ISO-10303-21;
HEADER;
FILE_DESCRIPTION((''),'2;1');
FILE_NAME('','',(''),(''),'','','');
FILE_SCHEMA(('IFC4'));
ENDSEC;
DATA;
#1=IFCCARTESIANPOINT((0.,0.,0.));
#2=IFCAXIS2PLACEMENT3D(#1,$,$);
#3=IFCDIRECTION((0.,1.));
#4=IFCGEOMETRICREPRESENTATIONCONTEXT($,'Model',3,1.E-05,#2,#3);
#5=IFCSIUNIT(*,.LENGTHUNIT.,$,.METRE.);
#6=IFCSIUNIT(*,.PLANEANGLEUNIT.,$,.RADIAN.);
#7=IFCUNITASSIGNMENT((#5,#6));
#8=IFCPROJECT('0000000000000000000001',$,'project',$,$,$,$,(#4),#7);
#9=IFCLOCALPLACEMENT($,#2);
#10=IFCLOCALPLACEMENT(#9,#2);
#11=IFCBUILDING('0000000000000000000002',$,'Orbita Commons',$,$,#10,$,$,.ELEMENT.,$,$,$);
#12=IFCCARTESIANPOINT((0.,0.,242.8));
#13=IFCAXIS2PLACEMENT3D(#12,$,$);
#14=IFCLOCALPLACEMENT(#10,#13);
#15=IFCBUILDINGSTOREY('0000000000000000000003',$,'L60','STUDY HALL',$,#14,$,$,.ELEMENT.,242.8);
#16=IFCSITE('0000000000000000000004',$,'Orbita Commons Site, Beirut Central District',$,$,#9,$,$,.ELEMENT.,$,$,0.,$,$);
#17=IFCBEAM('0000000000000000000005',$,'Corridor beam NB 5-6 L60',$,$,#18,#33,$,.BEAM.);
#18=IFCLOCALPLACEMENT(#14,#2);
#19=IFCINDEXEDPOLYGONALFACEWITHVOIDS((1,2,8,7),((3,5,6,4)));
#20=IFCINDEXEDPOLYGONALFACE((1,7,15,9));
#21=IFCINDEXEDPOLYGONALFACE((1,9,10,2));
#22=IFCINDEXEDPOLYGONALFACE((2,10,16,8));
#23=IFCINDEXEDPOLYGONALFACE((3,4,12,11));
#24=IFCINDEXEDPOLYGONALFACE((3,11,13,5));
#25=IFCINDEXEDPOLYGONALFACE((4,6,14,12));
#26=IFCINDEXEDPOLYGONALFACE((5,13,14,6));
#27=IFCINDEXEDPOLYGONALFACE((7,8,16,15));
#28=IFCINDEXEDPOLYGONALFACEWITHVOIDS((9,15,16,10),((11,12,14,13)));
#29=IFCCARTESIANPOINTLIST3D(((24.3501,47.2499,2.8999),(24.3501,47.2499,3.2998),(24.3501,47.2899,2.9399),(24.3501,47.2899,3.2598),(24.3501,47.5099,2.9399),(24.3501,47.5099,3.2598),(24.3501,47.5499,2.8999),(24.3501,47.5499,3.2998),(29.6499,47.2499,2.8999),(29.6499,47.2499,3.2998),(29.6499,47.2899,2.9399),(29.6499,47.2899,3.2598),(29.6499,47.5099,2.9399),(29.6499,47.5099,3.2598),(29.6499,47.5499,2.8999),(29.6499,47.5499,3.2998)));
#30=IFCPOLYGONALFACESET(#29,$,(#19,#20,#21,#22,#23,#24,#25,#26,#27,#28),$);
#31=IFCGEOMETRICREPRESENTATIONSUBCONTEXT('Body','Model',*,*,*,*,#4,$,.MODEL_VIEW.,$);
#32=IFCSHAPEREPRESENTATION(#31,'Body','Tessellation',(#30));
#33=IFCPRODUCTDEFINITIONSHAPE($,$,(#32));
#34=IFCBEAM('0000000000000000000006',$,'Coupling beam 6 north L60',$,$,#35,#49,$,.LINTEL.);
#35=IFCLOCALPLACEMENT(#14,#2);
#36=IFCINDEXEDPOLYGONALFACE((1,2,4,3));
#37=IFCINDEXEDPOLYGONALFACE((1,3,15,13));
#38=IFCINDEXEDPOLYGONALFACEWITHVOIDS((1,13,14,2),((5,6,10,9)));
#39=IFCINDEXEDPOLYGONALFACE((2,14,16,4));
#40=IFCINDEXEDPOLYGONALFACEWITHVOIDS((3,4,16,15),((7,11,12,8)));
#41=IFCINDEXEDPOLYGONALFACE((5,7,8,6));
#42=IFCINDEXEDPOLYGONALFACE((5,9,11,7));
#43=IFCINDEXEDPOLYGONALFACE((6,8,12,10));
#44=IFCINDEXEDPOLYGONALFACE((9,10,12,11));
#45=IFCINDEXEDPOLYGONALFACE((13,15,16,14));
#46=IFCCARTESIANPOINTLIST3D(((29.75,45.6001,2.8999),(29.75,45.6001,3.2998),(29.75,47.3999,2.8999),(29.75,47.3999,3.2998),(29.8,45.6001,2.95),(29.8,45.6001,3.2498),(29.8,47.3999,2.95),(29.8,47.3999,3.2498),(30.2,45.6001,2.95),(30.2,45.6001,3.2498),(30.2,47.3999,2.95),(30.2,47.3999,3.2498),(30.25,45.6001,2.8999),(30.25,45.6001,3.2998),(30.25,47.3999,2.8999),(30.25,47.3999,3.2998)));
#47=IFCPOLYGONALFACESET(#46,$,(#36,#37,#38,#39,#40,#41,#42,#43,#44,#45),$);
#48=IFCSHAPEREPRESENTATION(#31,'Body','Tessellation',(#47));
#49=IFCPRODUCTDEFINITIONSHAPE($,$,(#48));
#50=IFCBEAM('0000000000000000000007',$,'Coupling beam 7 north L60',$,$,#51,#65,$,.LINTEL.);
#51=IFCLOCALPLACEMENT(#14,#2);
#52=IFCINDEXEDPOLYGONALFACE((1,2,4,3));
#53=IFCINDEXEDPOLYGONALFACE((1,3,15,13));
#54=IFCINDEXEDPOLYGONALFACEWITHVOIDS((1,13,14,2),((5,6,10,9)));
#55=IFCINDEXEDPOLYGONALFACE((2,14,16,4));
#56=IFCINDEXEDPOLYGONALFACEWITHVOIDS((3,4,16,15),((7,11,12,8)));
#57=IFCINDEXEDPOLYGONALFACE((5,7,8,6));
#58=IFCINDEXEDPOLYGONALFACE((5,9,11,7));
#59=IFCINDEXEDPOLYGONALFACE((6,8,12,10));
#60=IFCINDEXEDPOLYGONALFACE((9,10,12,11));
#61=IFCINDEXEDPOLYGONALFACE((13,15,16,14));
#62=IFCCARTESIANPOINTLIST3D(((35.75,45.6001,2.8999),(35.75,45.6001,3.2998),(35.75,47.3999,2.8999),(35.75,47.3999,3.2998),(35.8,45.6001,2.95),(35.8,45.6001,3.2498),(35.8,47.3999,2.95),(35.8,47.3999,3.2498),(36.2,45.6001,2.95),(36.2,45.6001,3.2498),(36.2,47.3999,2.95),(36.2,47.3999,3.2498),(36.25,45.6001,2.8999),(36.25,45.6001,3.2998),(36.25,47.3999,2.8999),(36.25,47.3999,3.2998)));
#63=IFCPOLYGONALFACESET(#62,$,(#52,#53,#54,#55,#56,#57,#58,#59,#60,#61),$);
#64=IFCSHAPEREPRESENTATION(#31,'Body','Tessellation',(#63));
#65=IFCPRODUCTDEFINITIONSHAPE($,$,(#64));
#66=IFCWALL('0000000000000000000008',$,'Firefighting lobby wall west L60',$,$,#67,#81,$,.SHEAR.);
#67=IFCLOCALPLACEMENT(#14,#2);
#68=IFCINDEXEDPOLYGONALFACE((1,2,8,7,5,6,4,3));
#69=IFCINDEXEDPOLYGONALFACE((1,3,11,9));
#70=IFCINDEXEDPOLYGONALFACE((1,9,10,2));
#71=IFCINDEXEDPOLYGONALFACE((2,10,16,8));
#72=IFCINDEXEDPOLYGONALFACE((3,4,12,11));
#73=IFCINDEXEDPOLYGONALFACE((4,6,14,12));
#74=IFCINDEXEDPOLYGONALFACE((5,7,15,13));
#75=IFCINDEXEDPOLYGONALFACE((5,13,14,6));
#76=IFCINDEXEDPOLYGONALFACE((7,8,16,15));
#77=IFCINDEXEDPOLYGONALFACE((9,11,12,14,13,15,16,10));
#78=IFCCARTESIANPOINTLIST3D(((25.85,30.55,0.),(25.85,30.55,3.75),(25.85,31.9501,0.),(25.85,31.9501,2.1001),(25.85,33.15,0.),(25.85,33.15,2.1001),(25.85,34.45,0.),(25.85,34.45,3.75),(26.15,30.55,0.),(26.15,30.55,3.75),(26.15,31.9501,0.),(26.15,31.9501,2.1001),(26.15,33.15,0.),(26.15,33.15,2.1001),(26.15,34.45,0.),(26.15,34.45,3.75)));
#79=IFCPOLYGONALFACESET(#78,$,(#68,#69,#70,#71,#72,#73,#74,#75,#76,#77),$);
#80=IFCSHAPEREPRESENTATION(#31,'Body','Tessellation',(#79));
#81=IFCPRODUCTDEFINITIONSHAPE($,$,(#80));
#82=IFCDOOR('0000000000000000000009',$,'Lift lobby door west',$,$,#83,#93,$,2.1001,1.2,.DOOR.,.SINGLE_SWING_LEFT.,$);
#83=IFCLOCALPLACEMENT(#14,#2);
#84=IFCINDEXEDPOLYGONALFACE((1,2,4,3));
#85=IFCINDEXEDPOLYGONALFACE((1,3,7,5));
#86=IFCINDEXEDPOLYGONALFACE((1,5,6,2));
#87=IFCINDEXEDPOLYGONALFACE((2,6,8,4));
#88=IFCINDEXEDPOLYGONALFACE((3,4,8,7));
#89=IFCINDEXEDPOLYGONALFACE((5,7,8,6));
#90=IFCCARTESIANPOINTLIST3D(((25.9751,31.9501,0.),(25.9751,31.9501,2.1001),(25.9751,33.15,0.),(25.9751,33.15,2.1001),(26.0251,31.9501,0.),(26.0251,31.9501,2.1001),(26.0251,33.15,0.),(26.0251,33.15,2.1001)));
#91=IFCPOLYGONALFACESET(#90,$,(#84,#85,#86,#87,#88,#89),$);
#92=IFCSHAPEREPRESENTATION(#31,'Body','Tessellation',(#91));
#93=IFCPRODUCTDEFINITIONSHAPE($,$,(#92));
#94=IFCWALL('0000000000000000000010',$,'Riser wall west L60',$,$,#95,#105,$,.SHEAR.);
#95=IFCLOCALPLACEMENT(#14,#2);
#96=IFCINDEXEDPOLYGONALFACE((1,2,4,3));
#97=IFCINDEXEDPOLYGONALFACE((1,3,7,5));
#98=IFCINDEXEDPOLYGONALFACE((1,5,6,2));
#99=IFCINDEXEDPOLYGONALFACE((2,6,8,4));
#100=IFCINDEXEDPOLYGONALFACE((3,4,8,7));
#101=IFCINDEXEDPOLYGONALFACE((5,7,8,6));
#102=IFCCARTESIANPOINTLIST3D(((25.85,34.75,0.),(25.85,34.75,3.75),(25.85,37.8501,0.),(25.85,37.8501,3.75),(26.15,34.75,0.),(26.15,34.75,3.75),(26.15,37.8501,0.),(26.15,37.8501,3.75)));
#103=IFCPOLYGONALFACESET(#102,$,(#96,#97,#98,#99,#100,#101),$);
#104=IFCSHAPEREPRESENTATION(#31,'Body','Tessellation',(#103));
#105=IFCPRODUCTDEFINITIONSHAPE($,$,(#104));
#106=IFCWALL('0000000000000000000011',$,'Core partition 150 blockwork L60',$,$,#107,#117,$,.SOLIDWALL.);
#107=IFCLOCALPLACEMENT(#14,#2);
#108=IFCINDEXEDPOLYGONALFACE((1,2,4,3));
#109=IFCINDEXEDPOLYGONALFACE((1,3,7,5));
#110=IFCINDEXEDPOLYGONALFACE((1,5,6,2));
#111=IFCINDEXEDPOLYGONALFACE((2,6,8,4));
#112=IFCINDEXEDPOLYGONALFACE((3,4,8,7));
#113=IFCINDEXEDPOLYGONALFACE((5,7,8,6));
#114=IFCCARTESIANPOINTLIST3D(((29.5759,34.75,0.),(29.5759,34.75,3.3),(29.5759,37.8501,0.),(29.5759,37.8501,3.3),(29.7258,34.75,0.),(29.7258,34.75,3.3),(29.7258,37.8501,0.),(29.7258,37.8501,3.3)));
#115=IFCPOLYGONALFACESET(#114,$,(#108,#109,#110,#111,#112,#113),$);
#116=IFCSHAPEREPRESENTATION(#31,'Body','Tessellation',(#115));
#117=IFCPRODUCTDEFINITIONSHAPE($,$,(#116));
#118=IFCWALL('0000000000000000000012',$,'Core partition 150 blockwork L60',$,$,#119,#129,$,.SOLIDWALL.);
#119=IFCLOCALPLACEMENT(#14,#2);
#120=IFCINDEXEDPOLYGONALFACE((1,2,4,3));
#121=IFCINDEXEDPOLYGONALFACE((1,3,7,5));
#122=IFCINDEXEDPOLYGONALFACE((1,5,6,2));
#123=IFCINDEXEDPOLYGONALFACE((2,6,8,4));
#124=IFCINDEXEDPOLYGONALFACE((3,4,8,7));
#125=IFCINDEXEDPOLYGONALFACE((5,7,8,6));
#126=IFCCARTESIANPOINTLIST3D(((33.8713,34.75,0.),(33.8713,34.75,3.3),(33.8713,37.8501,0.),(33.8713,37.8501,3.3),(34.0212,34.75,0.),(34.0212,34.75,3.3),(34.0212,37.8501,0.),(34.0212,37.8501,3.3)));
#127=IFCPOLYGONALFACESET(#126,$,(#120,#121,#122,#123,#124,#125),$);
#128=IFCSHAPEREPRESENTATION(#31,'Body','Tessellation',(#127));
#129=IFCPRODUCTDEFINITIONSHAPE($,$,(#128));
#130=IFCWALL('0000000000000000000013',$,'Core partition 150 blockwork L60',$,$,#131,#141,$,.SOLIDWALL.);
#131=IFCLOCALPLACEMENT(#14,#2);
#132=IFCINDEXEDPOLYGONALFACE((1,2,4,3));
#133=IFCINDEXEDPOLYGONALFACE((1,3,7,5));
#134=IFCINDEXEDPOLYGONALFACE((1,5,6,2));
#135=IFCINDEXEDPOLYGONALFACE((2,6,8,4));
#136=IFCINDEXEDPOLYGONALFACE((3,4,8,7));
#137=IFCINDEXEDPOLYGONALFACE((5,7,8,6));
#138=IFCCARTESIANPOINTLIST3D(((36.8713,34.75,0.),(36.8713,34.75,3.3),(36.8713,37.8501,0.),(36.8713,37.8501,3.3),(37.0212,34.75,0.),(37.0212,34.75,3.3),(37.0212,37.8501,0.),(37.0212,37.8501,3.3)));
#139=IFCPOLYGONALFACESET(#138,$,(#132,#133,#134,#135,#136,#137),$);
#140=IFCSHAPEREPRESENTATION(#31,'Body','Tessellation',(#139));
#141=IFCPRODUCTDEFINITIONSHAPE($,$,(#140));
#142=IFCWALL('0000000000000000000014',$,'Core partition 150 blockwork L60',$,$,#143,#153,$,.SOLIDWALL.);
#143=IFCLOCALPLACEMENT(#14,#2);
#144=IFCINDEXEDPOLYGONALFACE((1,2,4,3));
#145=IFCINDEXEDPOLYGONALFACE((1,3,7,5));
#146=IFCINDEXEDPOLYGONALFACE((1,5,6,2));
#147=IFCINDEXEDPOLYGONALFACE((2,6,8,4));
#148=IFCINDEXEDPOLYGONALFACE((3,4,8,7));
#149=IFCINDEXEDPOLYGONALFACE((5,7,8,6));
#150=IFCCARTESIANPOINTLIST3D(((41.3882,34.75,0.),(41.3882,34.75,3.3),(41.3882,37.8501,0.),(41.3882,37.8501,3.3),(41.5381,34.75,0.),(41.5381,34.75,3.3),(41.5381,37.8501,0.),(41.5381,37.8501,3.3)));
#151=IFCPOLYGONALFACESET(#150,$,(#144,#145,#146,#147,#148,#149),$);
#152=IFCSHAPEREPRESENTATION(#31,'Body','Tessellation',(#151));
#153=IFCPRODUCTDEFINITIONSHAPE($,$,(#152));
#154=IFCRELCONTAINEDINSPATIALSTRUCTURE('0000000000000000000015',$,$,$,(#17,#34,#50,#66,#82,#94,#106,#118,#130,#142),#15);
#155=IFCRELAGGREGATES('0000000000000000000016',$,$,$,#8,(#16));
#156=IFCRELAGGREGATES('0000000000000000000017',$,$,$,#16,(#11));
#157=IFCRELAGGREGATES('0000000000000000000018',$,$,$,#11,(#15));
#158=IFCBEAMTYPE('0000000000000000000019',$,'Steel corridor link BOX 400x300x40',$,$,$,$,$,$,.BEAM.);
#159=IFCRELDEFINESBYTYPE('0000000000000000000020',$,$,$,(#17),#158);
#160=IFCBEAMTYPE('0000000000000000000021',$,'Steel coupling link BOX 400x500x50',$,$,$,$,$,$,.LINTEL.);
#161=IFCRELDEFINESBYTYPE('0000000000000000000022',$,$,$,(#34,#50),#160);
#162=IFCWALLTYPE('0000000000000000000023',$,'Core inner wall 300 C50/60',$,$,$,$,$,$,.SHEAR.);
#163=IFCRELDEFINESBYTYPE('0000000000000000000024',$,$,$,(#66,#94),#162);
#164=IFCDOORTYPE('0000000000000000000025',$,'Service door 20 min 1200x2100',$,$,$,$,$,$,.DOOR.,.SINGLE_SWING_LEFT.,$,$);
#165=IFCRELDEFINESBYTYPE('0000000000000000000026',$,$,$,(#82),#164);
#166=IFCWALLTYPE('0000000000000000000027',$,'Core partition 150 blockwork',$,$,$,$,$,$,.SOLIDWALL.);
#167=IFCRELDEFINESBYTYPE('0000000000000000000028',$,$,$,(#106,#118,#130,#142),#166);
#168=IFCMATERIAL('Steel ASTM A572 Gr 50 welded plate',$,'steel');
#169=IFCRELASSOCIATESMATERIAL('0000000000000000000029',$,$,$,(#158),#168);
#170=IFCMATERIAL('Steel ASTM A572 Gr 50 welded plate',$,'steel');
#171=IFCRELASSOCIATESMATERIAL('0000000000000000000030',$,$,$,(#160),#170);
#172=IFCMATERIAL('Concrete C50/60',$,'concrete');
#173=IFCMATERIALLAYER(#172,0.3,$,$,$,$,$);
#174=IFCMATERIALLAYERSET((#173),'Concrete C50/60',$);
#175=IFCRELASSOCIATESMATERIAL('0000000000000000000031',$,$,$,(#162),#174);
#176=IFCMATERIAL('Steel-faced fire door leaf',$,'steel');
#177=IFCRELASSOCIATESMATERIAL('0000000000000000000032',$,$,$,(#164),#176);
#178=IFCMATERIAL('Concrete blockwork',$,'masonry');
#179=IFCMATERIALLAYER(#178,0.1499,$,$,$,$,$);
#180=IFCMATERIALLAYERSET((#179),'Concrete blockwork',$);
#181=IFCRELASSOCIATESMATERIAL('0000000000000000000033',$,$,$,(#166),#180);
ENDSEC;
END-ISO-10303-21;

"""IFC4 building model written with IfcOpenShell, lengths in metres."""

from ifc_helpers import new_model, si_unit, direction, frame, frame_2d, origin, origin_2d, place, context, subcontext, project, spatial, rectangle, hollow_rectangle, extrude, material, layer, layer_set, material_profile, profile_set, type_object, element, fill, save


model = new_model("IFC4")

# Units and contexts
model_context = context("Model", 3, precision=1e-05, world=origin(), true_north=direction((0.0, 1.0)))
body_context = subcontext(model_context, "Body", "Model", "MODEL_VIEW")
ifc_project = project(units=[si_unit("LENGTHUNIT", "METRE"), si_unit("PLANEANGLEUNIT", "RADIAN")], contexts=[model_context])

# Site, building, storey
site_placement = place(None, origin())
site = spatial("IfcSite", under=ifc_project, at=site_placement, Name="Orbita Commons Site, Beirut Central District", CompositionType="ELEMENT", RefElevation=0.0)
building_placement = place(site_placement, origin())
building = spatial("IfcBuilding", under=site, at=building_placement, Name="Orbita Commons", CompositionType="ELEMENT")
storey_placement = place(building_placement, frame((0.0, 0.0, 242.8)))
storey = spatial("IfcBuildingStorey", under=building, at=storey_placement, Name="L60", Description="STUDY HALL", CompositionType="ELEMENT", Elevation=242.8)

# Beams
ifc_material_1 = material(Name="Steel ASTM A572 Gr 50 welded plate", Category="steel")
ifc_material_profile_1 = material_profile(ifc_material_1, hollow_rectangle(XDim=0.3, YDim=0.3999, WallThickness=0.04, at=origin_2d()), Name="BOX 400x300x40")
ifc_profile_set_1 = profile_set([ifc_material_profile_1], Name="Steel ASTM A572 Gr 50 welded plate")
beam_type_1 = type_object("IfcBeamType", Name="Steel corridor link BOX 400x300x40", PredefinedType="BEAM", material=ifc_profile_set_1)
beam_placement = place(storey_placement, frame((24.3501, 47.3999, 3.0999), z_axis=(1.0, 0.0, 0.0), x_axis=(0.0, 1.0, 0.0)))
element("IfcBeam", 1, at=beam_placement, inside=storey, type_object=beam_type_1, Name="Corridor beam NB 5-6 L60", PredefinedType="BEAM", context=body_context, shape_type="SweptSolid", body=[
    extrude(hollow_rectangle(XDim=0.3, YDim=0.3999, WallThickness=0.04, at=origin_2d()), origin(), (0.0, 0.0, 1.0), 5.2998),
])
ifc_material_2 = material(Name="Steel ASTM A572 Gr 50 welded plate", Category="steel")
ifc_material_profile_2 = material_profile(ifc_material_2, hollow_rectangle(XDim=0.5, YDim=0.3999, WallThickness=0.05, at=origin_2d()), Name="BOX 400x500x50")
ifc_profile_set_2 = profile_set([ifc_material_profile_2], Name="Steel ASTM A572 Gr 50 welded plate")
beam_type_2 = type_object("IfcBeamType", Name="Steel coupling link BOX 400x500x50", PredefinedType="LINTEL", material=ifc_profile_set_2)
for number, where, z_axis, x_axis, name in (
    (2, (30.0, 45.6001, 3.0999), (0.0, 1.0, 0.0), (-1.0, 0.0, 0.0), "Coupling beam 6 north L60"),
    (3, (36.0, 45.6001, 3.0999), (0.0, 1.0, 0.0), (-1.0, 0.0, 0.0), "Coupling beam 7 north L60"),
):
    element("IfcBeam", number, at=place(storey_placement, frame(where, z_axis=z_axis, x_axis=x_axis)), inside=storey, type_object=beam_type_2, Name=name, PredefinedType="LINTEL", context=body_context, shape_type="SweptSolid", body=[
        extrude(hollow_rectangle(XDim=0.5, YDim=0.3999, WallThickness=0.05, at=origin_2d()), origin(), (0.0, 0.0, 1.0), 1.7998),
    ])

# Wall, opening, door
ifc_material_3 = material(Name="Concrete C50/60", Category="concrete")
ifc_layer_1 = layer(ifc_material_3, 0.3)
ifc_layer_set_1 = layer_set([ifc_layer_1], Name="Concrete C50/60")
wall_type_1 = type_object("IfcWallType", Name="Core inner wall 300 C50/60", PredefinedType="SHEAR", material=ifc_layer_set_1)
wall_1_placement = place(storey_placement, frame((26.0, 30.55, 0.0), z_axis=(0.0, 0.0, 1.0), x_axis=(0.0, 1.0, 0.0)))
wall_1 = element("IfcWall", 4, at=wall_1_placement, inside=storey, type_object=wall_type_1, Name="Firefighting lobby wall west L60", PredefinedType="SHEAR", context=body_context, shape_type="SweptSolid", body=[
    extrude(rectangle(XDim=3.8999, YDim=0.3, at=frame_2d((1.95, 0.0))), origin(), (0.0, 0.0, 1.0), 3.75),
])
opening_1_placement = place(wall_1_placement, frame((1.3999, 0.0, 0.0)))
opening_1 = element("IfcOpeningElement", 5, at=opening_1_placement, cuts=wall_1, PredefinedType="OPENING", context=body_context, shape_type="SweptSolid", body=[
    extrude(rectangle(XDim=1.2, YDim=2.1001, at=frame_2d((0.6001, 1.05))), frame((0.0, 0.1599, 0.0), z_axis=(0.0, -1.0, 0.0), x_axis=(1.0, 0.0, 0.0)), (0.0, 0.0, 1.0), 0.3201),
])
ifc_material_4 = material(Name="Steel-faced fire door leaf", Category="steel")
door_type_1 = type_object("IfcDoorType", Name="Service door 20 min 1200x2100", OperationType="SINGLE_SWING_LEFT", PredefinedType="DOOR", material=ifc_material_4)
door_1_placement = place(opening_1_placement, origin())
door_1 = element("IfcDoor", 6, at=door_1_placement, inside=storey, type_object=door_type_1, Name="Lift lobby door west", OperationType="SINGLE_SWING_LEFT", OverallHeight=2.1001, OverallWidth=1.2, PredefinedType="DOOR", context=body_context, shape_type="SweptSolid", body=[
    extrude(rectangle(XDim=1.2, YDim=2.1001, at=frame_2d((0.6001, 1.05))), frame((0.0, 0.0249, 0.0), z_axis=(0.0, -1.0, 0.0), x_axis=(1.0, 0.0, 0.0)), (0.0, 0.0, 1.0), 0.05),
])
fill(opening_1, door_1)

# Walls
wall_2_placement = place(storey_placement, frame((26.0, 34.75, 0.0), z_axis=(0.0, 0.0, 1.0), x_axis=(0.0, 1.0, 0.0)))
element("IfcWall", 7, at=wall_2_placement, inside=storey, type_object=wall_type_1, Name="Riser wall west L60", PredefinedType="SHEAR", context=body_context, shape_type="SweptSolid", body=[
    extrude(rectangle(XDim=3.1001, YDim=0.3, at=frame_2d((1.55, 0.0))), origin(), (0.0, 0.0, 1.0), 3.75),
])
ifc_material_5 = material(Name="Concrete blockwork", Category="masonry")
ifc_layer_2 = layer(ifc_material_5, 0.1499)
ifc_layer_set_2 = layer_set([ifc_layer_2], Name="Concrete blockwork")
wall_type_2 = type_object("IfcWallType", Name="Core partition 150 blockwork", PredefinedType="SOLIDWALL", material=ifc_layer_set_2)
for number, where, z_axis, x_axis, name in (
    (8, (29.6509, 34.75, 0.0), (0.0, 0.0, 1.0), (0.0, 1.0, 0.0), "Core partition 150 blockwork L60"),
    (9, (33.9463, 34.75, 0.0), (0.0, 0.0, 1.0), (0.0, 1.0, 0.0), "Core partition 150 blockwork L60"),
    (10, (36.9463, 34.75, 0.0), (0.0, 0.0, 1.0), (0.0, 1.0, 0.0), "Core partition 150 blockwork L60"),
    (11, (41.4631, 34.75, 0.0), (0.0, 0.0, 1.0), (0.0, 1.0, 0.0), "Core partition 150 blockwork L60"),
):
    element("IfcWall", number, at=place(storey_placement, frame(where, z_axis=z_axis, x_axis=x_axis)), inside=storey, type_object=wall_type_2, Name=name, PredefinedType="SOLIDWALL", context=body_context, shape_type="SweptSolid", body=[
        extrude(rectangle(XDim=3.1001, YDim=0.1499, at=frame_2d((1.55, 0.0))), origin(), (0.0, 0.0, 1.0), 3.3),
    ])

save(model, "model.ifc")
